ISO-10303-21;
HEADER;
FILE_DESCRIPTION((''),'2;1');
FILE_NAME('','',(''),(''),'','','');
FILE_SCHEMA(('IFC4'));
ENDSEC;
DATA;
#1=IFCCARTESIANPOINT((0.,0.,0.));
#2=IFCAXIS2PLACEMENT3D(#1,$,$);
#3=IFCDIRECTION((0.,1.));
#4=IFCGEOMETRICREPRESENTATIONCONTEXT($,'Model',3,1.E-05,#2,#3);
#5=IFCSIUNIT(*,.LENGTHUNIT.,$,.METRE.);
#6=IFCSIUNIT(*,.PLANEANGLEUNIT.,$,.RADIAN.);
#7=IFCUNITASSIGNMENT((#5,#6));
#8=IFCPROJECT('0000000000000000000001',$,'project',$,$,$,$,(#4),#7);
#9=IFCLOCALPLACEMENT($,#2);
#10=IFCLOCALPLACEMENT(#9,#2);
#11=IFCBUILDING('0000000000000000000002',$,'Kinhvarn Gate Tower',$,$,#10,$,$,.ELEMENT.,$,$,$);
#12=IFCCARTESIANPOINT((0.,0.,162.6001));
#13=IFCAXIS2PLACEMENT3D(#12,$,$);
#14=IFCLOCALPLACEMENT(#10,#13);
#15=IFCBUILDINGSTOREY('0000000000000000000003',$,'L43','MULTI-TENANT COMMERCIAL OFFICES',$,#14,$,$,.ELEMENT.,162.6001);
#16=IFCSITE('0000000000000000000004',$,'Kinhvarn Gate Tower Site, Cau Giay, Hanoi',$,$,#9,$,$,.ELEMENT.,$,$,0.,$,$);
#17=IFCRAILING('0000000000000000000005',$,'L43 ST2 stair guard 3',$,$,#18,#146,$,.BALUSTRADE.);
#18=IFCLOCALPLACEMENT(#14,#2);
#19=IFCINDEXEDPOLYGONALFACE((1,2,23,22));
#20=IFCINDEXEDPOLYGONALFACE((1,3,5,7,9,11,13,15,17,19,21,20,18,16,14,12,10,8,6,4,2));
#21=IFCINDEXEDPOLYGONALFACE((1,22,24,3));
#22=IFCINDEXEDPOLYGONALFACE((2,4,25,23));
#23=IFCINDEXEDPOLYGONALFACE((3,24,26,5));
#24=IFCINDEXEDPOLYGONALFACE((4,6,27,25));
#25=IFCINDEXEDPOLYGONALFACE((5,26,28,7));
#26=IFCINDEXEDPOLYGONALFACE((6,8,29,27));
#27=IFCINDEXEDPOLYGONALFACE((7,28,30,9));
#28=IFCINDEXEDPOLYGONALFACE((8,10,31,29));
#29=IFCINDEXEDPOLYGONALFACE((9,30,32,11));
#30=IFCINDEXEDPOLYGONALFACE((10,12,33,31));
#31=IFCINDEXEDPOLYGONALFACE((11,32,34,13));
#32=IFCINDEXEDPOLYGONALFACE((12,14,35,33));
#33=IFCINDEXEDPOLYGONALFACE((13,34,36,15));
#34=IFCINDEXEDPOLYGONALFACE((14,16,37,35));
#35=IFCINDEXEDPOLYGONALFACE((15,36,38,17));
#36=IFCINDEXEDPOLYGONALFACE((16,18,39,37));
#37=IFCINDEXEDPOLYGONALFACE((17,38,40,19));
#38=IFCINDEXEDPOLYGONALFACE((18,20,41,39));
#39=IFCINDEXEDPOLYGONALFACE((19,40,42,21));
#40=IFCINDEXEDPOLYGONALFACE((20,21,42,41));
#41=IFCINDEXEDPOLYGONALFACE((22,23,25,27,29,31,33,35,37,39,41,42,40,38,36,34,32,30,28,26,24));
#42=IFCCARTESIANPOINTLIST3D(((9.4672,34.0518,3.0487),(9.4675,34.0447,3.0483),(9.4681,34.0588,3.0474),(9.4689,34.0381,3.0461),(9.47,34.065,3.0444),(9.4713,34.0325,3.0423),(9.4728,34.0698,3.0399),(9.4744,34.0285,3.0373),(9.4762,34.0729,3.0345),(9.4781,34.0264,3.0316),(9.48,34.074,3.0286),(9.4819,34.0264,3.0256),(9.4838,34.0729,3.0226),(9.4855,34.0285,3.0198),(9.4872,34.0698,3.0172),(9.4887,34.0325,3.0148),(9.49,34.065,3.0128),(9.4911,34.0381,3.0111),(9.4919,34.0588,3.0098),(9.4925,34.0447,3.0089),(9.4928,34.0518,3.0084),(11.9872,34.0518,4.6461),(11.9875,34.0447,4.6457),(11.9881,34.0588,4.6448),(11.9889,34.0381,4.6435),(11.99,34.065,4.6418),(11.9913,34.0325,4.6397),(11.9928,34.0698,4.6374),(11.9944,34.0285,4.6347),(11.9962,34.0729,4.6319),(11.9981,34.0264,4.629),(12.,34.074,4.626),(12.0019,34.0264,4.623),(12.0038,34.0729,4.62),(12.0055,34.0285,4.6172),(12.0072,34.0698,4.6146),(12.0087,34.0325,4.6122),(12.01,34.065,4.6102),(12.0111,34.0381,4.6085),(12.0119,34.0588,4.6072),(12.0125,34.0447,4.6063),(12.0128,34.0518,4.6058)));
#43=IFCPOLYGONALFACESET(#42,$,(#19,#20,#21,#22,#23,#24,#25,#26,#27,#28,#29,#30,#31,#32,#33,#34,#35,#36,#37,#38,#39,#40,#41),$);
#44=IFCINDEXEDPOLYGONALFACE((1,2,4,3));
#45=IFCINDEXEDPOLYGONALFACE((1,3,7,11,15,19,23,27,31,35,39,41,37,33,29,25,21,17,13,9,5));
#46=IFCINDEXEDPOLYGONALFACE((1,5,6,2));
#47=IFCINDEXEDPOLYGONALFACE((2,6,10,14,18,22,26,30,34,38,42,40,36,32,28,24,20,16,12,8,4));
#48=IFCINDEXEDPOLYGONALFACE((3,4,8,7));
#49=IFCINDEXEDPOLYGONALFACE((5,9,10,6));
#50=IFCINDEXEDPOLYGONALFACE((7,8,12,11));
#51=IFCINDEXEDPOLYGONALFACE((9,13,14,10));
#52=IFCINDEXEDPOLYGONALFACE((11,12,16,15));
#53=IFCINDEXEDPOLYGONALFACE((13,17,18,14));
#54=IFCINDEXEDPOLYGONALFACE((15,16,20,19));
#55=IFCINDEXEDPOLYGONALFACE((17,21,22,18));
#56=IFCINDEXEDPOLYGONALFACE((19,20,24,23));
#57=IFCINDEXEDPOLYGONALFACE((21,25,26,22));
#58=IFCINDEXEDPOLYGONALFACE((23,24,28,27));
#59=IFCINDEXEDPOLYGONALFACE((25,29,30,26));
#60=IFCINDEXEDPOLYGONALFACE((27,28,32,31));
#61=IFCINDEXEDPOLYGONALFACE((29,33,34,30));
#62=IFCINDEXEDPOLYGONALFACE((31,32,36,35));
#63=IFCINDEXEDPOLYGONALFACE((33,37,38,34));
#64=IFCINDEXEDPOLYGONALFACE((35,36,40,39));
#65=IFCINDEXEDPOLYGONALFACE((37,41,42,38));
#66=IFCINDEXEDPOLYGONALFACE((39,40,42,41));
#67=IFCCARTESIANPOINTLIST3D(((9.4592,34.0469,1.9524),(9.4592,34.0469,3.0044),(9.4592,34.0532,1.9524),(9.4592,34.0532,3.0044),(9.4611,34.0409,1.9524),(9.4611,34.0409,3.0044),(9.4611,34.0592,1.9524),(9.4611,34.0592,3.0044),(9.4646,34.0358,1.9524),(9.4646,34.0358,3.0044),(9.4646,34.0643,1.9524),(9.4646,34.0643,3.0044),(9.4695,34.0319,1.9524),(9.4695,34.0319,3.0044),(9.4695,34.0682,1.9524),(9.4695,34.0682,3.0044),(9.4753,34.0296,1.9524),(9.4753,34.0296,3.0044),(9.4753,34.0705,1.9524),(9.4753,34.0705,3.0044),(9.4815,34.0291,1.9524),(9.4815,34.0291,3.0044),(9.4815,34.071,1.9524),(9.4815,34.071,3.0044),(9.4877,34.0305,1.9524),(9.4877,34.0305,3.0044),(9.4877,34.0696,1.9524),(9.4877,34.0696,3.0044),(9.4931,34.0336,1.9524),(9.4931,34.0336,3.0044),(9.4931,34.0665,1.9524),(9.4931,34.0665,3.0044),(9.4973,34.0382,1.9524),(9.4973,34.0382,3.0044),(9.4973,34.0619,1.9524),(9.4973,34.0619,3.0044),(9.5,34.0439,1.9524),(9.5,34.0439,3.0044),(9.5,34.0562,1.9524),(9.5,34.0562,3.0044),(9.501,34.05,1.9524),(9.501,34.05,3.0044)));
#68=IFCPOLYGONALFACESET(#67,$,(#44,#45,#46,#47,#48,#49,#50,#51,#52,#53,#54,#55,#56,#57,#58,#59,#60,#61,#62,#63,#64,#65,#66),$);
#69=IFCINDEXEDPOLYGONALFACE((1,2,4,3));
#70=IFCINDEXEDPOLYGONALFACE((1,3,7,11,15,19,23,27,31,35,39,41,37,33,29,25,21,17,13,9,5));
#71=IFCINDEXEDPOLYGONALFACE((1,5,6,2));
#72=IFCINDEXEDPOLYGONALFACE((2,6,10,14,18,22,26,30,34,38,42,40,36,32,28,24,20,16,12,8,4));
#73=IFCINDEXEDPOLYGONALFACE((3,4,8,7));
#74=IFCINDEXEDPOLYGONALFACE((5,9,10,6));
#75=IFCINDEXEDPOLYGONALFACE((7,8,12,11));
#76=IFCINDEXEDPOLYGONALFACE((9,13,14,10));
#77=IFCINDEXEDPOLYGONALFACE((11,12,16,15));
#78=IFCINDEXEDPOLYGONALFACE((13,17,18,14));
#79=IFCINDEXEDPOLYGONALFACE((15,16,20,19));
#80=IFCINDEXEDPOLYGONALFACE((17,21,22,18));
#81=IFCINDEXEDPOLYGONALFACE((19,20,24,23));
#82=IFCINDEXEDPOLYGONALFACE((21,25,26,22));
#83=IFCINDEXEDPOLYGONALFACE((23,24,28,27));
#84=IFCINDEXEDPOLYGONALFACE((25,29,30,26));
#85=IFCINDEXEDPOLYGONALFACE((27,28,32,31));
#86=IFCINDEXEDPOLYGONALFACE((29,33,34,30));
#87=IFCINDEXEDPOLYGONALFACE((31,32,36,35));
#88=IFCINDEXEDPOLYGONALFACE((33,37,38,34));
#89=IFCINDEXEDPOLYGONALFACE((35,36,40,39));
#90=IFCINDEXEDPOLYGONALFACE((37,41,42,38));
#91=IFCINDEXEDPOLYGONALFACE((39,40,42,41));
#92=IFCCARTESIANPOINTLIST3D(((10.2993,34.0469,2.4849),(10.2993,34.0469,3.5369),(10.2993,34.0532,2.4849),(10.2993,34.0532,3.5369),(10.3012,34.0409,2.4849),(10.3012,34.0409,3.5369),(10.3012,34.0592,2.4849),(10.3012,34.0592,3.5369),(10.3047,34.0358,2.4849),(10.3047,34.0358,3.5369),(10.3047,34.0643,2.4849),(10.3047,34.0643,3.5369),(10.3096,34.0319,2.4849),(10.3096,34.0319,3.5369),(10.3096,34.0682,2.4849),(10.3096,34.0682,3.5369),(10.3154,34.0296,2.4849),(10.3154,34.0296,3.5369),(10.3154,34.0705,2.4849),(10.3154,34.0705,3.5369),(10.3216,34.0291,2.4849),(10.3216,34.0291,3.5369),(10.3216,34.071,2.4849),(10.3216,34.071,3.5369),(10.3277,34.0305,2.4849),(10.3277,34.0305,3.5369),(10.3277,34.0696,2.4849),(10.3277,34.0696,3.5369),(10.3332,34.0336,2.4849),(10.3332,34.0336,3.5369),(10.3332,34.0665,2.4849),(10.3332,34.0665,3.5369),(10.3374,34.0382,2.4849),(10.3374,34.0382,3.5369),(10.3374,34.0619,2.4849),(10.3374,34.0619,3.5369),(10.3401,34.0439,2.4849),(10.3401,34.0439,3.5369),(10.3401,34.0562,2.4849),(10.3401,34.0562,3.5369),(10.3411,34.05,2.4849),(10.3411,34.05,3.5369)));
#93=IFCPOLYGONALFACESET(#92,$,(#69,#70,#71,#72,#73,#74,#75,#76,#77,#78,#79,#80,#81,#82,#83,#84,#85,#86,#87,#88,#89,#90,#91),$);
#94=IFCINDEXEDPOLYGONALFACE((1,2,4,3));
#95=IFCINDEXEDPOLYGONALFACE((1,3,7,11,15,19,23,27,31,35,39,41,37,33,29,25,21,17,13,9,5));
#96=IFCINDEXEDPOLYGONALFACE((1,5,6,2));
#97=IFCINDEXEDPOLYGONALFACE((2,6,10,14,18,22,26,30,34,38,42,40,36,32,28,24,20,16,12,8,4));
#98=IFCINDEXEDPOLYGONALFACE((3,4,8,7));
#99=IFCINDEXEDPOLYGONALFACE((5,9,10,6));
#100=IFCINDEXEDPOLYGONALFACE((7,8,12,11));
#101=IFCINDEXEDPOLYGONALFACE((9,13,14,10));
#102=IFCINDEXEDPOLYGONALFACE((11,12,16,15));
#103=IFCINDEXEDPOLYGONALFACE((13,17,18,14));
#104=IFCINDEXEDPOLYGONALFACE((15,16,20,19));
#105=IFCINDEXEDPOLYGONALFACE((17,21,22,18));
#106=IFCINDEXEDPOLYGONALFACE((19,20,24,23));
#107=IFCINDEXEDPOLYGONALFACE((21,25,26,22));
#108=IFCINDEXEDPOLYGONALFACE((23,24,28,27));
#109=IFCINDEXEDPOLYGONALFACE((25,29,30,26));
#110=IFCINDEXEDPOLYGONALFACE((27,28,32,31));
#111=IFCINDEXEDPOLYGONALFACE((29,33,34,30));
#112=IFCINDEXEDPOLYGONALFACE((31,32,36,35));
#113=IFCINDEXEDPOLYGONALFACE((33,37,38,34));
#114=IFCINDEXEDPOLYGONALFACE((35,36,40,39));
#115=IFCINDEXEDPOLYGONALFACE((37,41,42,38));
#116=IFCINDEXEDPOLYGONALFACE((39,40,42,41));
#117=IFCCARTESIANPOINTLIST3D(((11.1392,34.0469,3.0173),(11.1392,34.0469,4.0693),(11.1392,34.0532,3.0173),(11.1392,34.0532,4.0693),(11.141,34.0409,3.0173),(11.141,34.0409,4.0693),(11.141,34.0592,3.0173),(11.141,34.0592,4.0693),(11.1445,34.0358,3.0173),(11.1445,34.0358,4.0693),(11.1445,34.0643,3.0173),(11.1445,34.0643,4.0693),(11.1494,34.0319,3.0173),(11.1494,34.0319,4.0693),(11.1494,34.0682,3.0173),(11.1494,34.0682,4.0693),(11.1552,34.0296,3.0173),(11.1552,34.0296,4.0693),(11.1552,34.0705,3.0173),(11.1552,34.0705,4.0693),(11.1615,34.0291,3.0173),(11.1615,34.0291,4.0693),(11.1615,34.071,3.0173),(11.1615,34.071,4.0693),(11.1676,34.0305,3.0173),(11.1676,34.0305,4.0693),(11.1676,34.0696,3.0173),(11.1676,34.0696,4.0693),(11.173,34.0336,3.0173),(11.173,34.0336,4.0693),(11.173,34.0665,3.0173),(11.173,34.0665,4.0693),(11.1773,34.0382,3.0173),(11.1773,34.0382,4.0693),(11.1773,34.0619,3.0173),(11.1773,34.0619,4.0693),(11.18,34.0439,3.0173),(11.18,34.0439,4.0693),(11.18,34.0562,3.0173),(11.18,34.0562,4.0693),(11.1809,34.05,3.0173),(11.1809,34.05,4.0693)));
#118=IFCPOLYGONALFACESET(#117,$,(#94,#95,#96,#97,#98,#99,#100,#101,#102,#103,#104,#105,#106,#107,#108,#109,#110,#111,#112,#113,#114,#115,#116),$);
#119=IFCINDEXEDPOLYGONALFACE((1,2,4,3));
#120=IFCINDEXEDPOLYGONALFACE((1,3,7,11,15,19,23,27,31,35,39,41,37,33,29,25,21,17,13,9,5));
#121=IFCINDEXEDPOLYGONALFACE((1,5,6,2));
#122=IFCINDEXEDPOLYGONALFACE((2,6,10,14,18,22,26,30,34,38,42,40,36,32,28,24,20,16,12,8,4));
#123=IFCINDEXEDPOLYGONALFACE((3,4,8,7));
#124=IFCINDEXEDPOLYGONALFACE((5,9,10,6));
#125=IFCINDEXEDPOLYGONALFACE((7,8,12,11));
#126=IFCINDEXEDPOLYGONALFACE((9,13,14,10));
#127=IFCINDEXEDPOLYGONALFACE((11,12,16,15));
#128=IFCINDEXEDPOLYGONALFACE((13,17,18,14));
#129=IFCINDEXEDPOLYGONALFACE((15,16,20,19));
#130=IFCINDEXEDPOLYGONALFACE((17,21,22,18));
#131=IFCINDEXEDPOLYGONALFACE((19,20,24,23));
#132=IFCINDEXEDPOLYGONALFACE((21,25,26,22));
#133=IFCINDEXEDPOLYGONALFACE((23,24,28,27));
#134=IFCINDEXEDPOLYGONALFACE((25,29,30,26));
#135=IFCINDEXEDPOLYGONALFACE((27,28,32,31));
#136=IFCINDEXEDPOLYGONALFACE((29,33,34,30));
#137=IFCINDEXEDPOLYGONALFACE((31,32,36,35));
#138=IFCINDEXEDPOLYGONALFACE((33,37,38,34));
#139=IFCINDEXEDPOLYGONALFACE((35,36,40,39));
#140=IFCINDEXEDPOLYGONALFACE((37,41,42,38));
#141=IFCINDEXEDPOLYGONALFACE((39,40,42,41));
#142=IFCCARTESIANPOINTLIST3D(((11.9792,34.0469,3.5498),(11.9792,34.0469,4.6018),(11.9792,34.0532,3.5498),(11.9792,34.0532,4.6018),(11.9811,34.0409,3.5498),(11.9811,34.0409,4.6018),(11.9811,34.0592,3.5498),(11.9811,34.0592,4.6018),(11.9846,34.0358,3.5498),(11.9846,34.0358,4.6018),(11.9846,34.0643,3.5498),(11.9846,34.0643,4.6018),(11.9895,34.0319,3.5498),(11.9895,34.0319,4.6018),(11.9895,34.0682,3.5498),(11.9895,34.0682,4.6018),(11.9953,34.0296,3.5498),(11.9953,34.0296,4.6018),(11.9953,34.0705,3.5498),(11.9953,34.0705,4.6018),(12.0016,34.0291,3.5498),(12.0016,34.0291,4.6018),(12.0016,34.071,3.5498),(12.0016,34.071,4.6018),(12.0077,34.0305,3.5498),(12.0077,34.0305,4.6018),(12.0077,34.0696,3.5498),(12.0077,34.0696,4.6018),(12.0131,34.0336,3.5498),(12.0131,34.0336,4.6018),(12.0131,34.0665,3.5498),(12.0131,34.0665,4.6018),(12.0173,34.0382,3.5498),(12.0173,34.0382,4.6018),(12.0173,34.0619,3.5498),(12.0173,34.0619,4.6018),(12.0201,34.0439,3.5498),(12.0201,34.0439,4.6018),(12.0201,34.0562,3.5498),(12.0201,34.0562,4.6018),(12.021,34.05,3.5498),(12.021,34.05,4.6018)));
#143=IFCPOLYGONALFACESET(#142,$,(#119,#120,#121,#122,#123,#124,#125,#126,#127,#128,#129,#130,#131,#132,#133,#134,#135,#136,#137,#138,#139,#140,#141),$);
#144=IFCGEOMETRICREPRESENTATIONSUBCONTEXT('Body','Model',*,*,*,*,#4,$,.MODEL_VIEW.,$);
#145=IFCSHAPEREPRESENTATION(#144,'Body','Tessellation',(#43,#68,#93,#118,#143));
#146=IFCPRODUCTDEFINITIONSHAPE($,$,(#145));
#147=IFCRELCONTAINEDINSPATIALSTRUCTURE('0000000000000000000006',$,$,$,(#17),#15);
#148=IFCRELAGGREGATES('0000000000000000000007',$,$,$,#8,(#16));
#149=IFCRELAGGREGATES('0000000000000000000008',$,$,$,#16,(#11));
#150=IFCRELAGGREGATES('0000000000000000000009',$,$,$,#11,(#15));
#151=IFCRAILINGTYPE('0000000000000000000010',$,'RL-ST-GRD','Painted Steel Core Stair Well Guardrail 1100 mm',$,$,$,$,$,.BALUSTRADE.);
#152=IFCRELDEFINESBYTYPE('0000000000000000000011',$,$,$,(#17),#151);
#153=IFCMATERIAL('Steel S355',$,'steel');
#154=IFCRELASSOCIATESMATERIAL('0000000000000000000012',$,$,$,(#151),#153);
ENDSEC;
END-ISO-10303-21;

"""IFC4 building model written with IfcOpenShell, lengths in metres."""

from ifc_helpers import new_model, si_unit, direction, frame, origin, origin_2d, place, context, subcontext, project, spatial, circle, extrude, material, type_object, element, save


model = new_model("IFC4")

# Units and contexts
model_context = context("Model", 3, precision=1e-05, world=origin(), true_north=direction((0.0, 1.0)))
body_context = subcontext(model_context, "Body", "Model", "MODEL_VIEW")
ifc_project = project(units=[si_unit("LENGTHUNIT", "METRE"), si_unit("PLANEANGLEUNIT", "RADIAN")], contexts=[model_context])

# Site, building, storey
site_placement = place(None, origin())
site = spatial("IfcSite", under=ifc_project, at=site_placement, Name="Kinhvarn Gate Tower Site, Cau Giay, Hanoi", CompositionType="ELEMENT", RefElevation=0.0)
building_placement = place(site_placement, origin())
building = spatial("IfcBuilding", under=site, at=building_placement, Name="Kinhvarn Gate Tower", CompositionType="ELEMENT")
storey_placement = place(building_placement, frame((0.0, 0.0, 162.6001)))
storey = spatial("IfcBuildingStorey", under=building, at=storey_placement, Name="L43", Description="MULTI-TENANT COMMERCIAL OFFICES", CompositionType="ELEMENT", Elevation=162.6001)

# Shared definitions
ifc_material_1 = material(Name="Steel S355", Category="steel")

# Railing
railing_type_1 = type_object("IfcRailingType", Name="RL-ST-GRD", Description="Painted Steel Core Stair Well Guardrail 1100 mm", PredefinedType="BALUSTRADE", material=ifc_material_1)
railing_1_placement = place(storey_placement, frame((9.48, 34.05, 1.9524)))
element("IfcRailing", 1, at=railing_1_placement, inside=storey, type_object=railing_type_1, Name="L43 ST2 stair guard 3", PredefinedType="BALUSTRADE", context=body_context, shape_type="SweptSolid", body=[
    extrude(circle(Radius=0.0239, at=origin_2d()), frame((0.0, 0.0, 1.0762), z_axis=(0.844607, 0.0, 0.535387), x_axis=(0.0, 1.0, 0.0)), (0.0, 0.0, 1.0), 2.9836),
    extrude(circle(Radius=0.021, at=origin_2d()), origin(), (0.0, 0.0, 1.0), 1.052),
    extrude(circle(Radius=0.021, at=origin_2d()), frame((0.8401, 0.0, 0.5325)), (0.0, 0.0, 1.0), 1.052),
    extrude(circle(Radius=0.021, at=origin_2d()), frame((1.6799, 0.0, 1.0649)), (0.0, 0.0, 1.0), 1.052),
    extrude(circle(Radius=0.021, at=origin_2d()), frame((2.52, 0.0, 1.5974)), (0.0, 0.0, 1.0), 1.052),
])

save(model, "model.ifc")
